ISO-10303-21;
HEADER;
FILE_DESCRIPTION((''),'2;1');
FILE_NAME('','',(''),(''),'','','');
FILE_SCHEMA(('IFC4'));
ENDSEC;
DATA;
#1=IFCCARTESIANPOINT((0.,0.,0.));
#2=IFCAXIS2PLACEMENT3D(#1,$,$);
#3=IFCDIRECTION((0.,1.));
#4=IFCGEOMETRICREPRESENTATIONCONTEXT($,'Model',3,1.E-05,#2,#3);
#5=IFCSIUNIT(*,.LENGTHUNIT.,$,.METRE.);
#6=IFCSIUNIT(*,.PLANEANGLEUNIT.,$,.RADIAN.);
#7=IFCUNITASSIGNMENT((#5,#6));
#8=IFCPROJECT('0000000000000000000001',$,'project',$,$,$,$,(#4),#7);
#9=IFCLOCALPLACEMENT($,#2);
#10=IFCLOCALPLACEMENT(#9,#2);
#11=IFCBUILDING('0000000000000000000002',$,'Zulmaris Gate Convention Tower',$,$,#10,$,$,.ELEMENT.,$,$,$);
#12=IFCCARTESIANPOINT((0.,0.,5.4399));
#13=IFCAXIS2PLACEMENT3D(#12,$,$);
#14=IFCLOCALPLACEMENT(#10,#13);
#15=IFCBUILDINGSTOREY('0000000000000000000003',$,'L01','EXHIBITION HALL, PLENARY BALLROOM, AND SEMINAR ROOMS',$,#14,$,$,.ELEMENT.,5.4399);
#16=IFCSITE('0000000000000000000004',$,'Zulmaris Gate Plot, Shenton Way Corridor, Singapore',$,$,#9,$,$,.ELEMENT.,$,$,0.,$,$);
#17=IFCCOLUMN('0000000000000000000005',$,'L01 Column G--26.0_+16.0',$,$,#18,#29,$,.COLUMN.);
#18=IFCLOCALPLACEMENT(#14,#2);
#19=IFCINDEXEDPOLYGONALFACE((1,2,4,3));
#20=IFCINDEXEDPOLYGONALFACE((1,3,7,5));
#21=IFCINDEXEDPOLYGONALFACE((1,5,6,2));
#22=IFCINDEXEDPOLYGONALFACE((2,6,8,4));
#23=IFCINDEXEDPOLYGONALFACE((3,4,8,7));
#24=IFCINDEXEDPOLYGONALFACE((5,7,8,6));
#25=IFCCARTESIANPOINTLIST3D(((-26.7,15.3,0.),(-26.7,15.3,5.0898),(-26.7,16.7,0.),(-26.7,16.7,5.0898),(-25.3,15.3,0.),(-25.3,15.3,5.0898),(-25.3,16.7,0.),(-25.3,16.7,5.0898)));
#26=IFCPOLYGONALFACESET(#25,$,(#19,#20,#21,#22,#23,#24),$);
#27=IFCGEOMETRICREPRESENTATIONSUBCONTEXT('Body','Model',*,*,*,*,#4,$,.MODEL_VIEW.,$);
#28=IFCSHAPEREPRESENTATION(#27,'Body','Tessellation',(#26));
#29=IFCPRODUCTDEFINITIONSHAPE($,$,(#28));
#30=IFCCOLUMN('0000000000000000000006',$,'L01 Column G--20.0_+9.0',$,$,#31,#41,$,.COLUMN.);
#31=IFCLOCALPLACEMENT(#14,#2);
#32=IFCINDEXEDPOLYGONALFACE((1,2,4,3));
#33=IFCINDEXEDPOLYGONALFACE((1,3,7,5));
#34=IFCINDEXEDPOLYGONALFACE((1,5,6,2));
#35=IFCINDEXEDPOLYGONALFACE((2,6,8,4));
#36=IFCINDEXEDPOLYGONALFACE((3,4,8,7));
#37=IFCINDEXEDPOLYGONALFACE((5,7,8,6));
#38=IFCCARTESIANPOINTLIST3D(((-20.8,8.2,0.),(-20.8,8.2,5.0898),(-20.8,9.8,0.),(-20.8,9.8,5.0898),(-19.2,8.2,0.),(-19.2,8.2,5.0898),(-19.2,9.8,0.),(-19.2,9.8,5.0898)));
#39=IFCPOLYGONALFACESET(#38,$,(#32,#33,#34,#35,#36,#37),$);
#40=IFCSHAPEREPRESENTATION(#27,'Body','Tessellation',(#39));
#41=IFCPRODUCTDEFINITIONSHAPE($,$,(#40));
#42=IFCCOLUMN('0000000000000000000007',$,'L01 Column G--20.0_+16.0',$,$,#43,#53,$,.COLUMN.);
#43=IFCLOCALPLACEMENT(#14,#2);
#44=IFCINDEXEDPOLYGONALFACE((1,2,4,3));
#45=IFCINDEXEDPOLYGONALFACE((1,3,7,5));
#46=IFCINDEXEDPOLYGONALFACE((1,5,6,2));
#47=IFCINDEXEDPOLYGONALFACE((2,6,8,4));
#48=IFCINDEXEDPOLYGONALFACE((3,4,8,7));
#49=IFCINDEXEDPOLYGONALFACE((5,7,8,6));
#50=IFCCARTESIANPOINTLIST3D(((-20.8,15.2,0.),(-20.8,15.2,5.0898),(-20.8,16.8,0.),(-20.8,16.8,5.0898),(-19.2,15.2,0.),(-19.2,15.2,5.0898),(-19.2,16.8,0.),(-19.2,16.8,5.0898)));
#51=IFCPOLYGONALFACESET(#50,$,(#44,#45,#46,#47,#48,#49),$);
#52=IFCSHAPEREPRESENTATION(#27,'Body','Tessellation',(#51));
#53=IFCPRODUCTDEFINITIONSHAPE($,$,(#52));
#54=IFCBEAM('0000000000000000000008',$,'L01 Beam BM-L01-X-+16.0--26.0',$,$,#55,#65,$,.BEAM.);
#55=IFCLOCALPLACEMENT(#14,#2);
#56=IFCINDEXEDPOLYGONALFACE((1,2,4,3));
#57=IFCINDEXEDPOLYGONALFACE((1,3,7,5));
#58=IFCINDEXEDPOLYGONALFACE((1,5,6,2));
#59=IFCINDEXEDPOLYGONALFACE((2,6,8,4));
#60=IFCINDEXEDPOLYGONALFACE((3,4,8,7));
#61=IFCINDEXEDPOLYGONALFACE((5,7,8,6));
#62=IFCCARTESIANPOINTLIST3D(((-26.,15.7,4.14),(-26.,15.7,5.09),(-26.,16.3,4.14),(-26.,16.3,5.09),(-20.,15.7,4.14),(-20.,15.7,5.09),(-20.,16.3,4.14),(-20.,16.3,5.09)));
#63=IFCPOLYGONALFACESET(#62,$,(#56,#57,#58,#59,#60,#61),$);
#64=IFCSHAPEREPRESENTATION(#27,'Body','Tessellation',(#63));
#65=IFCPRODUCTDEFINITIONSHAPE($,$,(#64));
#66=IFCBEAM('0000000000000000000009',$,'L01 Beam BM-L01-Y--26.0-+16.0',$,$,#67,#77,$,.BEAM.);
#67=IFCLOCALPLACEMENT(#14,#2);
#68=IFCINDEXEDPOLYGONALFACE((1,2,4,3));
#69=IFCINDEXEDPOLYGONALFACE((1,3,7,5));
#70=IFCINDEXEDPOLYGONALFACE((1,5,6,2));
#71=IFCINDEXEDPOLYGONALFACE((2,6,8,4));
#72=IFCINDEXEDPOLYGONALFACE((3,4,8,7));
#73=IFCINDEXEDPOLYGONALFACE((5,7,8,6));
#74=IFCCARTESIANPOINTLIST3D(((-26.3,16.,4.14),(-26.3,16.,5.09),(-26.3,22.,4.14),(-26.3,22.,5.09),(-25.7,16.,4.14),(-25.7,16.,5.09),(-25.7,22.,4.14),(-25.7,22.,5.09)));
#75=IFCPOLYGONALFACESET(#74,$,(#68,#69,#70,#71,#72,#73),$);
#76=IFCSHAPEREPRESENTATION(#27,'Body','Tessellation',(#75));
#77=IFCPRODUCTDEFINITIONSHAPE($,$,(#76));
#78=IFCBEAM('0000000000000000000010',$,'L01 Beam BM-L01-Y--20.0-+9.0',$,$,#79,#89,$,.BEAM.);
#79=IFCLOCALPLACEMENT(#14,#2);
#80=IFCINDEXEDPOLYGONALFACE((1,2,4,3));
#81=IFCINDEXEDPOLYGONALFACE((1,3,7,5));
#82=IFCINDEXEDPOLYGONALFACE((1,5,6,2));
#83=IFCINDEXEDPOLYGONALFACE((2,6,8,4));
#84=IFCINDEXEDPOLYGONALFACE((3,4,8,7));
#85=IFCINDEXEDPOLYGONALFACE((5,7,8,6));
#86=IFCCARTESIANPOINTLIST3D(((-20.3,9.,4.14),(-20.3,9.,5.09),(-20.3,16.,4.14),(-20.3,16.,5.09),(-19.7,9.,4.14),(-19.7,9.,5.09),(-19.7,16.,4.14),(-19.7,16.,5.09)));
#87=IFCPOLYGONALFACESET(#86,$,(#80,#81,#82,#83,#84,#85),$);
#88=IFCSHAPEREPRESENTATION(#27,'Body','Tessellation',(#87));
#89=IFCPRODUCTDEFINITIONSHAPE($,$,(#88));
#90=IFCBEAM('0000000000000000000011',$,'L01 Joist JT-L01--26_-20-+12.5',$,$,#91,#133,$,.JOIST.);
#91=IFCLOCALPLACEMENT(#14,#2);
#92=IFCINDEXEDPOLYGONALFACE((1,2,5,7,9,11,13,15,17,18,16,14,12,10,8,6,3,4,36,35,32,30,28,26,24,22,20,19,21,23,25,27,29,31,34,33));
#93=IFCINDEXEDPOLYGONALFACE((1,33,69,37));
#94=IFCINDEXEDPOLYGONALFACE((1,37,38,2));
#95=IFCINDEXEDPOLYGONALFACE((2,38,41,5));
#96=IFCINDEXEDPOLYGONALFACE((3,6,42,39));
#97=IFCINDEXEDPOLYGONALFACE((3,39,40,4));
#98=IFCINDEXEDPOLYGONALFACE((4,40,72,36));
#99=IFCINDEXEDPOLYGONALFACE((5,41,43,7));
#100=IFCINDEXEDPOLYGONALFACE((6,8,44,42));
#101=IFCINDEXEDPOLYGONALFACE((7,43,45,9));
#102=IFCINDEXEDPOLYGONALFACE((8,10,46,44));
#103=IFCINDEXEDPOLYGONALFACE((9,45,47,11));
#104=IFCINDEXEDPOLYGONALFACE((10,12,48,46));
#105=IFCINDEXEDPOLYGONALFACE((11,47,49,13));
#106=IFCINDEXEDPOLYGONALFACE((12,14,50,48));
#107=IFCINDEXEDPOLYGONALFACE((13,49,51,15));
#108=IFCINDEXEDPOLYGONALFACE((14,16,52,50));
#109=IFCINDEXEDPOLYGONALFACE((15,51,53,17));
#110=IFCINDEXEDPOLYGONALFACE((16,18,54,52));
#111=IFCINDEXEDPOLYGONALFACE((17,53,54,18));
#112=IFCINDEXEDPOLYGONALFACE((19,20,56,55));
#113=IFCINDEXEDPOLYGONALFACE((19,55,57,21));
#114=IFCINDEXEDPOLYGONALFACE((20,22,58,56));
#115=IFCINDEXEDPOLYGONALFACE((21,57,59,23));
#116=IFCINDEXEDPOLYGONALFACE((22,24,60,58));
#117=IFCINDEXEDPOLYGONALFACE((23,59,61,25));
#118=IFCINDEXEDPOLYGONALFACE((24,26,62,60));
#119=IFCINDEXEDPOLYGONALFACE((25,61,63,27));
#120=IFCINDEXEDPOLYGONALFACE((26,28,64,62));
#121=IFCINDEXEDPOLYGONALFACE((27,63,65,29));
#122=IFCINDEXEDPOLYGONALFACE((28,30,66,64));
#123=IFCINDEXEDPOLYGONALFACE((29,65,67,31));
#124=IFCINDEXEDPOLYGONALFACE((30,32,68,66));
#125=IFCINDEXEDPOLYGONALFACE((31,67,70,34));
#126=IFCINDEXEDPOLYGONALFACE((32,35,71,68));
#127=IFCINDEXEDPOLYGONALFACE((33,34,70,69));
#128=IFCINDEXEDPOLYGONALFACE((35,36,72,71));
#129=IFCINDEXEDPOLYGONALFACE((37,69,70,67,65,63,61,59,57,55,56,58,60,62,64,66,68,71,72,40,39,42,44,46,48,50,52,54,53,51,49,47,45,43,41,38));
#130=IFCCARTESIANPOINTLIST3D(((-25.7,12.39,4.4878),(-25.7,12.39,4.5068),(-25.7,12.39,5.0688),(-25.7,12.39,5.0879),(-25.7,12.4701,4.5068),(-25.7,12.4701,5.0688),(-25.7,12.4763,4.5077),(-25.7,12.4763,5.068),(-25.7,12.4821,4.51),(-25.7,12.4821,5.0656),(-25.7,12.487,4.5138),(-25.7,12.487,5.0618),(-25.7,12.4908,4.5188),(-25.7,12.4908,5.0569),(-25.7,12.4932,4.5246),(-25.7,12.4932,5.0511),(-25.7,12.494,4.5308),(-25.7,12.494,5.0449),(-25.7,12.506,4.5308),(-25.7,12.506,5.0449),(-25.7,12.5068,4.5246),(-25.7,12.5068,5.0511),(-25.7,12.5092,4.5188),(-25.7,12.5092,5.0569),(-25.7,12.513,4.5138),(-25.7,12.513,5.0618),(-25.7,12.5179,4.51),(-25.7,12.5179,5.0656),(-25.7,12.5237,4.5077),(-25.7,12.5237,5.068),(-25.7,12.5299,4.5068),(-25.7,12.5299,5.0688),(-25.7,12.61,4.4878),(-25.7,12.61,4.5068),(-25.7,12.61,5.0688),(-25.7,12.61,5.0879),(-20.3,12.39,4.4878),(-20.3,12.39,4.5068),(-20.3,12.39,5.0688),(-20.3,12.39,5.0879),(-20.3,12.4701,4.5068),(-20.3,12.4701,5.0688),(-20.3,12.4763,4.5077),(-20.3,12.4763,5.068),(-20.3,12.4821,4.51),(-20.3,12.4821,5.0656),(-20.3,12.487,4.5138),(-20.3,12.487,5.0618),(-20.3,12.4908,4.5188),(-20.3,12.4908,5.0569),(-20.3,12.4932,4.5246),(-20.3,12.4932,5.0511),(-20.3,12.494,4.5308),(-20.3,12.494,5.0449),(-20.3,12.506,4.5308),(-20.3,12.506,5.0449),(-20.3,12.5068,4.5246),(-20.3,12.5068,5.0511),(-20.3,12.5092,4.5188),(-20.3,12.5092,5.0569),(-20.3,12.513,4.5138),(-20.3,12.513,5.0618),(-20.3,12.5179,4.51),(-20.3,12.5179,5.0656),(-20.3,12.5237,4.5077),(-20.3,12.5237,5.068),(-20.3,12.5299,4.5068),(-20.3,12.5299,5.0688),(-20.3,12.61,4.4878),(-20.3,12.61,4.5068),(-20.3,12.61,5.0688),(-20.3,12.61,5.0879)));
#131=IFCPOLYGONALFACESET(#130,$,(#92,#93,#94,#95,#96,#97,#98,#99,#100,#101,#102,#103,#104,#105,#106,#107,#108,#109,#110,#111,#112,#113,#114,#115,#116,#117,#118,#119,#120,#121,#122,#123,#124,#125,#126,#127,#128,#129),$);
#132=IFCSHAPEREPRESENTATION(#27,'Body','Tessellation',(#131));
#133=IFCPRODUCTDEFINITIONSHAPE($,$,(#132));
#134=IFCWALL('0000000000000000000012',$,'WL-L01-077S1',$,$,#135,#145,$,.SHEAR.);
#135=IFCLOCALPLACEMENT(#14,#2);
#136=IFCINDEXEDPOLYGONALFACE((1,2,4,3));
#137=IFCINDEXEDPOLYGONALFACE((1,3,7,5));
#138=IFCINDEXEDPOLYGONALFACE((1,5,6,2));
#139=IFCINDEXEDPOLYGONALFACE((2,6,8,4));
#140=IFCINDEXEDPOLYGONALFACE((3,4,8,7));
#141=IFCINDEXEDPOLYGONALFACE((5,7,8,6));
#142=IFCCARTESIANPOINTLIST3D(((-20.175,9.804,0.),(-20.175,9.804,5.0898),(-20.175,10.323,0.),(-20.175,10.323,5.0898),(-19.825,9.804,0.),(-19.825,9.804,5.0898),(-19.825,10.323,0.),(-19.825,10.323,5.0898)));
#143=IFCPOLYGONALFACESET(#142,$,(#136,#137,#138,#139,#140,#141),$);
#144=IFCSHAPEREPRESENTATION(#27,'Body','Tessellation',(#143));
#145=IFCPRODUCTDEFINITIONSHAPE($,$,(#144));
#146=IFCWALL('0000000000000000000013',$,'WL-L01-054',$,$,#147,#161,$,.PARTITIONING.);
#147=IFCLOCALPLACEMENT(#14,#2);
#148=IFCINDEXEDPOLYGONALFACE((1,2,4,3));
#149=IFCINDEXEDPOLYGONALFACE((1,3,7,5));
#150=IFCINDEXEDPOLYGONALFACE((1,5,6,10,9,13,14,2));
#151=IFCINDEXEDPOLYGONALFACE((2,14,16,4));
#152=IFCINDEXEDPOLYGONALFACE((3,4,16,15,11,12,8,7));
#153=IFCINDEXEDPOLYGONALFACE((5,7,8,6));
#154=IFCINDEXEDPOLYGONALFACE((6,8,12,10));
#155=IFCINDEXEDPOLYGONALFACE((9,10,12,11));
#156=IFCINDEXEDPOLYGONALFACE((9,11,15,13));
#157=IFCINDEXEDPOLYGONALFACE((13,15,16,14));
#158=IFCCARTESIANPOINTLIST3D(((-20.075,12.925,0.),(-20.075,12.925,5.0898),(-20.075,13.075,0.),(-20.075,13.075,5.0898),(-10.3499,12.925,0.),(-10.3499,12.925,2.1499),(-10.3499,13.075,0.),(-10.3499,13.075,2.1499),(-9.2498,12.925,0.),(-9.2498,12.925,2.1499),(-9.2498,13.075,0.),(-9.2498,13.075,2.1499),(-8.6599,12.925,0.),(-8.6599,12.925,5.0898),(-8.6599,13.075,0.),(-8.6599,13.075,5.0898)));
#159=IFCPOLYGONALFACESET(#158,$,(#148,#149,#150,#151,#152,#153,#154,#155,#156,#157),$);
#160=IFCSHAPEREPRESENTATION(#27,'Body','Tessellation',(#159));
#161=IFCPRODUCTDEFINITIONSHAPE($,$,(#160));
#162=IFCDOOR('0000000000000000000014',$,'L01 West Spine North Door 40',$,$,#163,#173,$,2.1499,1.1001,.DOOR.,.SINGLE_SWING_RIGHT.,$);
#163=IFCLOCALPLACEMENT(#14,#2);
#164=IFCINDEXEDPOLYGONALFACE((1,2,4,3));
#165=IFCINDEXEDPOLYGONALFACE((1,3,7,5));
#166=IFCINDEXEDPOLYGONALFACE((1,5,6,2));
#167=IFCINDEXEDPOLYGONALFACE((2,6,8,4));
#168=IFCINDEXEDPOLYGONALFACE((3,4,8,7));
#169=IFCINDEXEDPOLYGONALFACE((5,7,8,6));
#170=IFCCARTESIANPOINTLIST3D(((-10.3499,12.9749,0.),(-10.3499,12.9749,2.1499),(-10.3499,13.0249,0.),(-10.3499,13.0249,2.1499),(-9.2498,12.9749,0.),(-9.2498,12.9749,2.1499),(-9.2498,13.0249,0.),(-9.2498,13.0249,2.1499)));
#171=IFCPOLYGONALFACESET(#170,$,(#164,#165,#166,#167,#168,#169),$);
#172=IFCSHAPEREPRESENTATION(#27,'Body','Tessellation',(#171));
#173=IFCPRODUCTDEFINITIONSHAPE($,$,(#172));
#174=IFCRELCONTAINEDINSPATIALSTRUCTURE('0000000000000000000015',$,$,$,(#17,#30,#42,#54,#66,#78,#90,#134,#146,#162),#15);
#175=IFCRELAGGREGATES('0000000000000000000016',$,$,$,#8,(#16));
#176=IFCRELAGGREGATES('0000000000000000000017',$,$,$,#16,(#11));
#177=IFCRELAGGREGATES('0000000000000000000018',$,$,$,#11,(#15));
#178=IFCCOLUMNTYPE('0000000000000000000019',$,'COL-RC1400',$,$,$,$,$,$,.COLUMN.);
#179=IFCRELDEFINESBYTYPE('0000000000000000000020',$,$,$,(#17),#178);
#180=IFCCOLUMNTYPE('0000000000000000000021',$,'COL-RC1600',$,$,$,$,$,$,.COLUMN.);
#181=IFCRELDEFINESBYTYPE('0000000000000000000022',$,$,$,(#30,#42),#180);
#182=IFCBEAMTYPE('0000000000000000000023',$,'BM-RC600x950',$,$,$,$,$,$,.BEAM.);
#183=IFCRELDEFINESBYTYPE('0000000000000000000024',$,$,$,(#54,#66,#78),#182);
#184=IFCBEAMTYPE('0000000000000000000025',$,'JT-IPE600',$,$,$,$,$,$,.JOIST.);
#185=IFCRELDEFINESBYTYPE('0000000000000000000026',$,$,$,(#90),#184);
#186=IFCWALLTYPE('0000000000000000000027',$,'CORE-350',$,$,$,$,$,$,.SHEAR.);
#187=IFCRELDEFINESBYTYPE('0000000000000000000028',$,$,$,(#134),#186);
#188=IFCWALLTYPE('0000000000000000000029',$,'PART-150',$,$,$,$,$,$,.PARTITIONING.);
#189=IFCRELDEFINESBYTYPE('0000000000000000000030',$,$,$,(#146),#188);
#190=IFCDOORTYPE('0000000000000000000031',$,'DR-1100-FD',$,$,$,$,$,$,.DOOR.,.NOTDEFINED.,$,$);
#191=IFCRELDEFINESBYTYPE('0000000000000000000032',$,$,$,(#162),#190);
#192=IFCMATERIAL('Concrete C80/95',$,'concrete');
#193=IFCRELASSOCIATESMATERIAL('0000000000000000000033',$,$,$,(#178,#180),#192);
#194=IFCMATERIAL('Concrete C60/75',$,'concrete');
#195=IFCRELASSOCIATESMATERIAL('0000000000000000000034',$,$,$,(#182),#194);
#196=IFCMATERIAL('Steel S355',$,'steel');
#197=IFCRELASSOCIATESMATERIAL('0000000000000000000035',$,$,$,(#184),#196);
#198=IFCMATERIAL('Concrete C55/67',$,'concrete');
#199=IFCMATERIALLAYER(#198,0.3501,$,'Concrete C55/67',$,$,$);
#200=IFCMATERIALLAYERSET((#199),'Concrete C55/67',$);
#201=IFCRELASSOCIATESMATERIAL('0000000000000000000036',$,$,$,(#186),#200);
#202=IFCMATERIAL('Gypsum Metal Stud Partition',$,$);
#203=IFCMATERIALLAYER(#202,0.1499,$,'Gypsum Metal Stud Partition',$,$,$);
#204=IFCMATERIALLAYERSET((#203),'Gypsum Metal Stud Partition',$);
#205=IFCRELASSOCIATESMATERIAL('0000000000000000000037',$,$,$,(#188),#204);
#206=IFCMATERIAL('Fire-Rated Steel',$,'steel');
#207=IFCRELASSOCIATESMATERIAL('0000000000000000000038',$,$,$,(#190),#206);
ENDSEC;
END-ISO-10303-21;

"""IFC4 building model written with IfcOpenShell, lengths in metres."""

from ifc_helpers import new_model, si_unit, direction, frame, frame_2d, origin, origin_2d, place, context, subcontext, project, spatial, rectangle, i_section, extrude, material, layer, layer_set, material_profile, profile_set, type_object, element, fill, save


model = new_model("IFC4")

# Units and contexts
model_context = context("Model", 3, precision=1e-05, world=origin(), true_north=direction((0.0, 1.0)))
body_context = subcontext(model_context, "Body", "Model", "MODEL_VIEW")
ifc_project = project(units=[si_unit("LENGTHUNIT", "METRE"), si_unit("PLANEANGLEUNIT", "RADIAN")], contexts=[model_context])

# Site, building, storey
site_placement = place(None, origin())
site = spatial("IfcSite", under=ifc_project, at=site_placement, Name="Zulmaris Gate Plot, Shenton Way Corridor, Singapore", CompositionType="ELEMENT", RefElevation=0.0)
building_placement = place(site_placement, origin())
building = spatial("IfcBuilding", under=site, at=building_placement, Name="Zulmaris Gate Convention Tower", CompositionType="ELEMENT")
storey_placement = place(building_placement, frame((0.0, 0.0, 5.4399)))
storey = spatial("IfcBuildingStorey", under=building, at=storey_placement, Name="L01", Description="EXHIBITION HALL, PLENARY BALLROOM, AND SEMINAR ROOMS", CompositionType="ELEMENT", Elevation=5.4399)

# Columns
ifc_material_1 = material(Name="Concrete C80/95", Category="concrete")
ifc_material_profile_1 = material_profile(ifc_material_1, rectangle(XDim=1.3999, YDim=1.3999, at=origin_2d()), Name="RC COL 1400x1400")
ifc_profile_set_1 = profile_set([ifc_material_profile_1], Name="Concrete C80/95")
column_type_1 = type_object("IfcColumnType", Name="COL-RC1400", PredefinedType="COLUMN", material=ifc_profile_set_1)
column_placement = place(storey_placement, frame((-26.0, 16.0, 0.0), z_axis=(0.0, 0.0, 1.0), x_axis=(1.0, 0.0, 0.0)))
element("IfcColumn", 1, at=column_placement, inside=storey, type_object=column_type_1, Name="L01 Column G--26.0_+16.0", PredefinedType="COLUMN", context=body_context, shape_type="SweptSolid", body=[
    extrude(rectangle(XDim=1.3999, YDim=1.3999, at=origin_2d()), origin(), (0.0, 0.0, 1.0), 5.0898),
])
ifc_material_profile_2 = material_profile(ifc_material_1, rectangle(XDim=1.6001, YDim=1.6001, at=origin_2d()), Name="RC COL 1600x1600")
ifc_profile_set_2 = profile_set([ifc_material_profile_2], Name="Concrete C80/95")
column_type_2 = type_object("IfcColumnType", Name="COL-RC1600", PredefinedType="COLUMN", material=ifc_profile_set_2)
for number, where, z_axis, x_axis, name in (
    (2, (-20.0, 9.0, 0.0), (0.0, 0.0, 1.0), (1.0, 0.0, 0.0), "L01 Column G--20.0_+9.0"),
    (3, (-20.0, 16.0, 0.0), (0.0, 0.0, 1.0), (1.0, 0.0, 0.0), "L01 Column G--20.0_+16.0"),
):
    element("IfcColumn", number, at=place(storey_placement, frame(where, z_axis=z_axis, x_axis=x_axis)), inside=storey, type_object=column_type_2, Name=name, PredefinedType="COLUMN", context=body_context, shape_type="SweptSolid", body=[
        extrude(rectangle(XDim=1.6001, YDim=1.6001, at=origin_2d()), origin(), (0.0, 0.0, 1.0), 5.0898),
    ])

# Beams
ifc_material_2 = material(Name="Concrete C60/75", Category="concrete")
ifc_material_profile_3 = material_profile(ifc_material_2, rectangle(XDim=0.6001, YDim=0.95, at=origin_2d()), Name="RC BEAM 600x950")
ifc_profile_set_3 = profile_set([ifc_material_profile_3], Name="Concrete C60/75")
beam_type_1 = type_object("IfcBeamType", Name="BM-RC600x950", PredefinedType="BEAM", material=ifc_profile_set_3)
for number, where, z_axis, x_axis, name in (
    (4, (-26.0, 16.0, 4.615), (1.0, 0.0, 0.0), (0.0, 1.0, 0.0), "L01 Beam BM-L01-X-+16.0--26.0"),
    (5, (-26.0, 16.0, 4.615), (0.0, 1.0, 0.0), (-1.0, 0.0, 0.0), "L01 Beam BM-L01-Y--26.0-+16.0"),
):
    element("IfcBeam", number, at=place(storey_placement, frame(where, z_axis=z_axis, x_axis=x_axis)), inside=storey, type_object=beam_type_1, Name=name, PredefinedType="BEAM", context=body_context, shape_type="SweptSolid", body=[
        extrude(rectangle(XDim=0.6001, YDim=0.95, at=origin_2d()), origin(), (0.0, 0.0, 1.0), 6.0),
    ])
beam_1_placement = place(storey_placement, frame((-20.0, 9.0, 4.615), z_axis=(0.0, 1.0, 0.0), x_axis=(-1.0, 0.0, 0.0)))
element("IfcBeam", 6, at=beam_1_placement, inside=storey, type_object=beam_type_1, Name="L01 Beam BM-L01-Y--20.0-+9.0", PredefinedType="BEAM", context=body_context, shape_type="SweptSolid", body=[
    extrude(rectangle(XDim=0.6001, YDim=0.95, at=origin_2d()), origin(), (0.0, 0.0, 1.0), 7.0),
])
ifc_material_3 = material(Name="Steel S355", Category="steel")
ifc_material_profile_4 = material_profile(ifc_material_3, i_section(OverallWidth=0.22, OverallDepth=0.6001, WebThickness=0.012, FlangeThickness=0.019, FilletRadius=0.0239, at=origin_2d()), Name="IPE 600")
ifc_profile_set_4 = profile_set([ifc_material_profile_4], Name="Steel S355")
beam_type_2 = type_object("IfcBeamType", Name="JT-IPE600", PredefinedType="JOIST", material=ifc_profile_set_4)
beam_2_placement = place(storey_placement, frame((-25.7, 12.5, 4.7878), z_axis=(1.0, 0.0, 0.0), x_axis=(0.0, 1.0, 0.0)))
element("IfcBeam", 7, at=beam_2_placement, inside=storey, type_object=beam_type_2, Name="L01 Joist JT-L01--26_-20-+12.5", PredefinedType="JOIST", context=body_context, shape_type="SweptSolid", body=[
    extrude(i_section(OverallWidth=0.22, OverallDepth=0.6001, WebThickness=0.012, FlangeThickness=0.019, FilletRadius=0.0239, at=origin_2d()), origin(), (0.0, 0.0, 1.0), 5.3999),
])

# Shared definitions
ifc_material_4 = material(Name="Concrete C55/67", Category="concrete")
ifc_layer_1 = layer(ifc_material_4, 0.3501, Name="Concrete C55/67")
ifc_layer_set_1 = layer_set([ifc_layer_1], Name="Concrete C55/67")
wall_type_1 = type_object("IfcWallType", Name="CORE-350", PredefinedType="SHEAR", material=ifc_layer_set_1)
ifc_material_5 = material(Name="Fire-Rated Steel", Category="steel")

# Wall
wall_1_placement = place(storey_placement, frame((-20.0, 9.804, 0.0), z_axis=(0.0, 0.0, 1.0), x_axis=(0.0, 1.0, 0.0)))
element("IfcWall", 8, at=wall_1_placement, inside=storey, type_object=wall_type_1, Name="WL-L01-077S1", PredefinedType="SHEAR", context=body_context, shape_type="SweptSolid", body=[
    extrude(rectangle(XDim=0.519, YDim=0.3501, at=frame_2d((0.2595, 0.0))), origin(), (0.0, 0.0, 1.0), 5.0898),
])

# Wall, opening, door
ifc_material_6 = material(Name="Gypsum Metal Stud Partition")
ifc_layer_2 = layer(ifc_material_6, 0.1499, Name="Gypsum Metal Stud Partition")
ifc_layer_set_2 = layer_set([ifc_layer_2], Name="Gypsum Metal Stud Partition")
wall_type_2 = type_object("IfcWallType", Name="PART-150", PredefinedType="PARTITIONING", material=ifc_layer_set_2)
wall_2_placement = place(storey_placement, frame((-20.075, 13.0, 0.0), z_axis=(0.0, 0.0, 1.0), x_axis=(1.0, 0.0, 0.0)))
wall_2 = element("IfcWall", 9, at=wall_2_placement, inside=storey, type_object=wall_type_2, Name="WL-L01-054", PredefinedType="PARTITIONING", context=body_context, shape_type="SweptSolid", body=[
    extrude(rectangle(XDim=11.415, YDim=0.1499, at=frame_2d((5.7075, 0.0))), origin(), (0.0, 0.0, 1.0), 5.0898),
])
opening_1_placement = place(wall_2_placement, frame((9.7251, 0.0, 0.0)))
opening_1 = element("IfcOpeningElement", 10, at=opening_1_placement, cuts=wall_2, PredefinedType="OPENING", context=body_context, shape_type="SweptSolid", body=[
    extrude(rectangle(XDim=1.1001, YDim=2.1499, at=frame_2d((0.55, 1.075))), frame((0.0, 0.085, 0.0), z_axis=(0.0, -1.0, 0.0), x_axis=(1.0, 0.0, 0.0)), (0.0, 0.0, 1.0), 0.1699),
])
door_type_1 = type_object("IfcDoorType", Name="DR-1100-FD", OperationType="NOTDEFINED", PredefinedType="DOOR", material=ifc_material_5)
door_1_placement = place(opening_1_placement, origin())
door_1 = element("IfcDoor", 11, at=door_1_placement, inside=storey, type_object=door_type_1, Name="L01 West Spine North Door 40", OperationType="SINGLE_SWING_RIGHT", OverallHeight=2.1499, OverallWidth=1.1001, PredefinedType="DOOR", context=body_context, shape_type="SweptSolid", body=[
    extrude(rectangle(XDim=1.1001, YDim=2.1499, at=frame_2d((0.55, 1.075))), frame((0.0, 0.0249, 0.0), z_axis=(0.0, -1.0, 0.0), x_axis=(1.0, 0.0, 0.0)), (0.0, 0.0, 1.0), 0.05),
])
fill(opening_1, door_1)

save(model, "model.ifc")
